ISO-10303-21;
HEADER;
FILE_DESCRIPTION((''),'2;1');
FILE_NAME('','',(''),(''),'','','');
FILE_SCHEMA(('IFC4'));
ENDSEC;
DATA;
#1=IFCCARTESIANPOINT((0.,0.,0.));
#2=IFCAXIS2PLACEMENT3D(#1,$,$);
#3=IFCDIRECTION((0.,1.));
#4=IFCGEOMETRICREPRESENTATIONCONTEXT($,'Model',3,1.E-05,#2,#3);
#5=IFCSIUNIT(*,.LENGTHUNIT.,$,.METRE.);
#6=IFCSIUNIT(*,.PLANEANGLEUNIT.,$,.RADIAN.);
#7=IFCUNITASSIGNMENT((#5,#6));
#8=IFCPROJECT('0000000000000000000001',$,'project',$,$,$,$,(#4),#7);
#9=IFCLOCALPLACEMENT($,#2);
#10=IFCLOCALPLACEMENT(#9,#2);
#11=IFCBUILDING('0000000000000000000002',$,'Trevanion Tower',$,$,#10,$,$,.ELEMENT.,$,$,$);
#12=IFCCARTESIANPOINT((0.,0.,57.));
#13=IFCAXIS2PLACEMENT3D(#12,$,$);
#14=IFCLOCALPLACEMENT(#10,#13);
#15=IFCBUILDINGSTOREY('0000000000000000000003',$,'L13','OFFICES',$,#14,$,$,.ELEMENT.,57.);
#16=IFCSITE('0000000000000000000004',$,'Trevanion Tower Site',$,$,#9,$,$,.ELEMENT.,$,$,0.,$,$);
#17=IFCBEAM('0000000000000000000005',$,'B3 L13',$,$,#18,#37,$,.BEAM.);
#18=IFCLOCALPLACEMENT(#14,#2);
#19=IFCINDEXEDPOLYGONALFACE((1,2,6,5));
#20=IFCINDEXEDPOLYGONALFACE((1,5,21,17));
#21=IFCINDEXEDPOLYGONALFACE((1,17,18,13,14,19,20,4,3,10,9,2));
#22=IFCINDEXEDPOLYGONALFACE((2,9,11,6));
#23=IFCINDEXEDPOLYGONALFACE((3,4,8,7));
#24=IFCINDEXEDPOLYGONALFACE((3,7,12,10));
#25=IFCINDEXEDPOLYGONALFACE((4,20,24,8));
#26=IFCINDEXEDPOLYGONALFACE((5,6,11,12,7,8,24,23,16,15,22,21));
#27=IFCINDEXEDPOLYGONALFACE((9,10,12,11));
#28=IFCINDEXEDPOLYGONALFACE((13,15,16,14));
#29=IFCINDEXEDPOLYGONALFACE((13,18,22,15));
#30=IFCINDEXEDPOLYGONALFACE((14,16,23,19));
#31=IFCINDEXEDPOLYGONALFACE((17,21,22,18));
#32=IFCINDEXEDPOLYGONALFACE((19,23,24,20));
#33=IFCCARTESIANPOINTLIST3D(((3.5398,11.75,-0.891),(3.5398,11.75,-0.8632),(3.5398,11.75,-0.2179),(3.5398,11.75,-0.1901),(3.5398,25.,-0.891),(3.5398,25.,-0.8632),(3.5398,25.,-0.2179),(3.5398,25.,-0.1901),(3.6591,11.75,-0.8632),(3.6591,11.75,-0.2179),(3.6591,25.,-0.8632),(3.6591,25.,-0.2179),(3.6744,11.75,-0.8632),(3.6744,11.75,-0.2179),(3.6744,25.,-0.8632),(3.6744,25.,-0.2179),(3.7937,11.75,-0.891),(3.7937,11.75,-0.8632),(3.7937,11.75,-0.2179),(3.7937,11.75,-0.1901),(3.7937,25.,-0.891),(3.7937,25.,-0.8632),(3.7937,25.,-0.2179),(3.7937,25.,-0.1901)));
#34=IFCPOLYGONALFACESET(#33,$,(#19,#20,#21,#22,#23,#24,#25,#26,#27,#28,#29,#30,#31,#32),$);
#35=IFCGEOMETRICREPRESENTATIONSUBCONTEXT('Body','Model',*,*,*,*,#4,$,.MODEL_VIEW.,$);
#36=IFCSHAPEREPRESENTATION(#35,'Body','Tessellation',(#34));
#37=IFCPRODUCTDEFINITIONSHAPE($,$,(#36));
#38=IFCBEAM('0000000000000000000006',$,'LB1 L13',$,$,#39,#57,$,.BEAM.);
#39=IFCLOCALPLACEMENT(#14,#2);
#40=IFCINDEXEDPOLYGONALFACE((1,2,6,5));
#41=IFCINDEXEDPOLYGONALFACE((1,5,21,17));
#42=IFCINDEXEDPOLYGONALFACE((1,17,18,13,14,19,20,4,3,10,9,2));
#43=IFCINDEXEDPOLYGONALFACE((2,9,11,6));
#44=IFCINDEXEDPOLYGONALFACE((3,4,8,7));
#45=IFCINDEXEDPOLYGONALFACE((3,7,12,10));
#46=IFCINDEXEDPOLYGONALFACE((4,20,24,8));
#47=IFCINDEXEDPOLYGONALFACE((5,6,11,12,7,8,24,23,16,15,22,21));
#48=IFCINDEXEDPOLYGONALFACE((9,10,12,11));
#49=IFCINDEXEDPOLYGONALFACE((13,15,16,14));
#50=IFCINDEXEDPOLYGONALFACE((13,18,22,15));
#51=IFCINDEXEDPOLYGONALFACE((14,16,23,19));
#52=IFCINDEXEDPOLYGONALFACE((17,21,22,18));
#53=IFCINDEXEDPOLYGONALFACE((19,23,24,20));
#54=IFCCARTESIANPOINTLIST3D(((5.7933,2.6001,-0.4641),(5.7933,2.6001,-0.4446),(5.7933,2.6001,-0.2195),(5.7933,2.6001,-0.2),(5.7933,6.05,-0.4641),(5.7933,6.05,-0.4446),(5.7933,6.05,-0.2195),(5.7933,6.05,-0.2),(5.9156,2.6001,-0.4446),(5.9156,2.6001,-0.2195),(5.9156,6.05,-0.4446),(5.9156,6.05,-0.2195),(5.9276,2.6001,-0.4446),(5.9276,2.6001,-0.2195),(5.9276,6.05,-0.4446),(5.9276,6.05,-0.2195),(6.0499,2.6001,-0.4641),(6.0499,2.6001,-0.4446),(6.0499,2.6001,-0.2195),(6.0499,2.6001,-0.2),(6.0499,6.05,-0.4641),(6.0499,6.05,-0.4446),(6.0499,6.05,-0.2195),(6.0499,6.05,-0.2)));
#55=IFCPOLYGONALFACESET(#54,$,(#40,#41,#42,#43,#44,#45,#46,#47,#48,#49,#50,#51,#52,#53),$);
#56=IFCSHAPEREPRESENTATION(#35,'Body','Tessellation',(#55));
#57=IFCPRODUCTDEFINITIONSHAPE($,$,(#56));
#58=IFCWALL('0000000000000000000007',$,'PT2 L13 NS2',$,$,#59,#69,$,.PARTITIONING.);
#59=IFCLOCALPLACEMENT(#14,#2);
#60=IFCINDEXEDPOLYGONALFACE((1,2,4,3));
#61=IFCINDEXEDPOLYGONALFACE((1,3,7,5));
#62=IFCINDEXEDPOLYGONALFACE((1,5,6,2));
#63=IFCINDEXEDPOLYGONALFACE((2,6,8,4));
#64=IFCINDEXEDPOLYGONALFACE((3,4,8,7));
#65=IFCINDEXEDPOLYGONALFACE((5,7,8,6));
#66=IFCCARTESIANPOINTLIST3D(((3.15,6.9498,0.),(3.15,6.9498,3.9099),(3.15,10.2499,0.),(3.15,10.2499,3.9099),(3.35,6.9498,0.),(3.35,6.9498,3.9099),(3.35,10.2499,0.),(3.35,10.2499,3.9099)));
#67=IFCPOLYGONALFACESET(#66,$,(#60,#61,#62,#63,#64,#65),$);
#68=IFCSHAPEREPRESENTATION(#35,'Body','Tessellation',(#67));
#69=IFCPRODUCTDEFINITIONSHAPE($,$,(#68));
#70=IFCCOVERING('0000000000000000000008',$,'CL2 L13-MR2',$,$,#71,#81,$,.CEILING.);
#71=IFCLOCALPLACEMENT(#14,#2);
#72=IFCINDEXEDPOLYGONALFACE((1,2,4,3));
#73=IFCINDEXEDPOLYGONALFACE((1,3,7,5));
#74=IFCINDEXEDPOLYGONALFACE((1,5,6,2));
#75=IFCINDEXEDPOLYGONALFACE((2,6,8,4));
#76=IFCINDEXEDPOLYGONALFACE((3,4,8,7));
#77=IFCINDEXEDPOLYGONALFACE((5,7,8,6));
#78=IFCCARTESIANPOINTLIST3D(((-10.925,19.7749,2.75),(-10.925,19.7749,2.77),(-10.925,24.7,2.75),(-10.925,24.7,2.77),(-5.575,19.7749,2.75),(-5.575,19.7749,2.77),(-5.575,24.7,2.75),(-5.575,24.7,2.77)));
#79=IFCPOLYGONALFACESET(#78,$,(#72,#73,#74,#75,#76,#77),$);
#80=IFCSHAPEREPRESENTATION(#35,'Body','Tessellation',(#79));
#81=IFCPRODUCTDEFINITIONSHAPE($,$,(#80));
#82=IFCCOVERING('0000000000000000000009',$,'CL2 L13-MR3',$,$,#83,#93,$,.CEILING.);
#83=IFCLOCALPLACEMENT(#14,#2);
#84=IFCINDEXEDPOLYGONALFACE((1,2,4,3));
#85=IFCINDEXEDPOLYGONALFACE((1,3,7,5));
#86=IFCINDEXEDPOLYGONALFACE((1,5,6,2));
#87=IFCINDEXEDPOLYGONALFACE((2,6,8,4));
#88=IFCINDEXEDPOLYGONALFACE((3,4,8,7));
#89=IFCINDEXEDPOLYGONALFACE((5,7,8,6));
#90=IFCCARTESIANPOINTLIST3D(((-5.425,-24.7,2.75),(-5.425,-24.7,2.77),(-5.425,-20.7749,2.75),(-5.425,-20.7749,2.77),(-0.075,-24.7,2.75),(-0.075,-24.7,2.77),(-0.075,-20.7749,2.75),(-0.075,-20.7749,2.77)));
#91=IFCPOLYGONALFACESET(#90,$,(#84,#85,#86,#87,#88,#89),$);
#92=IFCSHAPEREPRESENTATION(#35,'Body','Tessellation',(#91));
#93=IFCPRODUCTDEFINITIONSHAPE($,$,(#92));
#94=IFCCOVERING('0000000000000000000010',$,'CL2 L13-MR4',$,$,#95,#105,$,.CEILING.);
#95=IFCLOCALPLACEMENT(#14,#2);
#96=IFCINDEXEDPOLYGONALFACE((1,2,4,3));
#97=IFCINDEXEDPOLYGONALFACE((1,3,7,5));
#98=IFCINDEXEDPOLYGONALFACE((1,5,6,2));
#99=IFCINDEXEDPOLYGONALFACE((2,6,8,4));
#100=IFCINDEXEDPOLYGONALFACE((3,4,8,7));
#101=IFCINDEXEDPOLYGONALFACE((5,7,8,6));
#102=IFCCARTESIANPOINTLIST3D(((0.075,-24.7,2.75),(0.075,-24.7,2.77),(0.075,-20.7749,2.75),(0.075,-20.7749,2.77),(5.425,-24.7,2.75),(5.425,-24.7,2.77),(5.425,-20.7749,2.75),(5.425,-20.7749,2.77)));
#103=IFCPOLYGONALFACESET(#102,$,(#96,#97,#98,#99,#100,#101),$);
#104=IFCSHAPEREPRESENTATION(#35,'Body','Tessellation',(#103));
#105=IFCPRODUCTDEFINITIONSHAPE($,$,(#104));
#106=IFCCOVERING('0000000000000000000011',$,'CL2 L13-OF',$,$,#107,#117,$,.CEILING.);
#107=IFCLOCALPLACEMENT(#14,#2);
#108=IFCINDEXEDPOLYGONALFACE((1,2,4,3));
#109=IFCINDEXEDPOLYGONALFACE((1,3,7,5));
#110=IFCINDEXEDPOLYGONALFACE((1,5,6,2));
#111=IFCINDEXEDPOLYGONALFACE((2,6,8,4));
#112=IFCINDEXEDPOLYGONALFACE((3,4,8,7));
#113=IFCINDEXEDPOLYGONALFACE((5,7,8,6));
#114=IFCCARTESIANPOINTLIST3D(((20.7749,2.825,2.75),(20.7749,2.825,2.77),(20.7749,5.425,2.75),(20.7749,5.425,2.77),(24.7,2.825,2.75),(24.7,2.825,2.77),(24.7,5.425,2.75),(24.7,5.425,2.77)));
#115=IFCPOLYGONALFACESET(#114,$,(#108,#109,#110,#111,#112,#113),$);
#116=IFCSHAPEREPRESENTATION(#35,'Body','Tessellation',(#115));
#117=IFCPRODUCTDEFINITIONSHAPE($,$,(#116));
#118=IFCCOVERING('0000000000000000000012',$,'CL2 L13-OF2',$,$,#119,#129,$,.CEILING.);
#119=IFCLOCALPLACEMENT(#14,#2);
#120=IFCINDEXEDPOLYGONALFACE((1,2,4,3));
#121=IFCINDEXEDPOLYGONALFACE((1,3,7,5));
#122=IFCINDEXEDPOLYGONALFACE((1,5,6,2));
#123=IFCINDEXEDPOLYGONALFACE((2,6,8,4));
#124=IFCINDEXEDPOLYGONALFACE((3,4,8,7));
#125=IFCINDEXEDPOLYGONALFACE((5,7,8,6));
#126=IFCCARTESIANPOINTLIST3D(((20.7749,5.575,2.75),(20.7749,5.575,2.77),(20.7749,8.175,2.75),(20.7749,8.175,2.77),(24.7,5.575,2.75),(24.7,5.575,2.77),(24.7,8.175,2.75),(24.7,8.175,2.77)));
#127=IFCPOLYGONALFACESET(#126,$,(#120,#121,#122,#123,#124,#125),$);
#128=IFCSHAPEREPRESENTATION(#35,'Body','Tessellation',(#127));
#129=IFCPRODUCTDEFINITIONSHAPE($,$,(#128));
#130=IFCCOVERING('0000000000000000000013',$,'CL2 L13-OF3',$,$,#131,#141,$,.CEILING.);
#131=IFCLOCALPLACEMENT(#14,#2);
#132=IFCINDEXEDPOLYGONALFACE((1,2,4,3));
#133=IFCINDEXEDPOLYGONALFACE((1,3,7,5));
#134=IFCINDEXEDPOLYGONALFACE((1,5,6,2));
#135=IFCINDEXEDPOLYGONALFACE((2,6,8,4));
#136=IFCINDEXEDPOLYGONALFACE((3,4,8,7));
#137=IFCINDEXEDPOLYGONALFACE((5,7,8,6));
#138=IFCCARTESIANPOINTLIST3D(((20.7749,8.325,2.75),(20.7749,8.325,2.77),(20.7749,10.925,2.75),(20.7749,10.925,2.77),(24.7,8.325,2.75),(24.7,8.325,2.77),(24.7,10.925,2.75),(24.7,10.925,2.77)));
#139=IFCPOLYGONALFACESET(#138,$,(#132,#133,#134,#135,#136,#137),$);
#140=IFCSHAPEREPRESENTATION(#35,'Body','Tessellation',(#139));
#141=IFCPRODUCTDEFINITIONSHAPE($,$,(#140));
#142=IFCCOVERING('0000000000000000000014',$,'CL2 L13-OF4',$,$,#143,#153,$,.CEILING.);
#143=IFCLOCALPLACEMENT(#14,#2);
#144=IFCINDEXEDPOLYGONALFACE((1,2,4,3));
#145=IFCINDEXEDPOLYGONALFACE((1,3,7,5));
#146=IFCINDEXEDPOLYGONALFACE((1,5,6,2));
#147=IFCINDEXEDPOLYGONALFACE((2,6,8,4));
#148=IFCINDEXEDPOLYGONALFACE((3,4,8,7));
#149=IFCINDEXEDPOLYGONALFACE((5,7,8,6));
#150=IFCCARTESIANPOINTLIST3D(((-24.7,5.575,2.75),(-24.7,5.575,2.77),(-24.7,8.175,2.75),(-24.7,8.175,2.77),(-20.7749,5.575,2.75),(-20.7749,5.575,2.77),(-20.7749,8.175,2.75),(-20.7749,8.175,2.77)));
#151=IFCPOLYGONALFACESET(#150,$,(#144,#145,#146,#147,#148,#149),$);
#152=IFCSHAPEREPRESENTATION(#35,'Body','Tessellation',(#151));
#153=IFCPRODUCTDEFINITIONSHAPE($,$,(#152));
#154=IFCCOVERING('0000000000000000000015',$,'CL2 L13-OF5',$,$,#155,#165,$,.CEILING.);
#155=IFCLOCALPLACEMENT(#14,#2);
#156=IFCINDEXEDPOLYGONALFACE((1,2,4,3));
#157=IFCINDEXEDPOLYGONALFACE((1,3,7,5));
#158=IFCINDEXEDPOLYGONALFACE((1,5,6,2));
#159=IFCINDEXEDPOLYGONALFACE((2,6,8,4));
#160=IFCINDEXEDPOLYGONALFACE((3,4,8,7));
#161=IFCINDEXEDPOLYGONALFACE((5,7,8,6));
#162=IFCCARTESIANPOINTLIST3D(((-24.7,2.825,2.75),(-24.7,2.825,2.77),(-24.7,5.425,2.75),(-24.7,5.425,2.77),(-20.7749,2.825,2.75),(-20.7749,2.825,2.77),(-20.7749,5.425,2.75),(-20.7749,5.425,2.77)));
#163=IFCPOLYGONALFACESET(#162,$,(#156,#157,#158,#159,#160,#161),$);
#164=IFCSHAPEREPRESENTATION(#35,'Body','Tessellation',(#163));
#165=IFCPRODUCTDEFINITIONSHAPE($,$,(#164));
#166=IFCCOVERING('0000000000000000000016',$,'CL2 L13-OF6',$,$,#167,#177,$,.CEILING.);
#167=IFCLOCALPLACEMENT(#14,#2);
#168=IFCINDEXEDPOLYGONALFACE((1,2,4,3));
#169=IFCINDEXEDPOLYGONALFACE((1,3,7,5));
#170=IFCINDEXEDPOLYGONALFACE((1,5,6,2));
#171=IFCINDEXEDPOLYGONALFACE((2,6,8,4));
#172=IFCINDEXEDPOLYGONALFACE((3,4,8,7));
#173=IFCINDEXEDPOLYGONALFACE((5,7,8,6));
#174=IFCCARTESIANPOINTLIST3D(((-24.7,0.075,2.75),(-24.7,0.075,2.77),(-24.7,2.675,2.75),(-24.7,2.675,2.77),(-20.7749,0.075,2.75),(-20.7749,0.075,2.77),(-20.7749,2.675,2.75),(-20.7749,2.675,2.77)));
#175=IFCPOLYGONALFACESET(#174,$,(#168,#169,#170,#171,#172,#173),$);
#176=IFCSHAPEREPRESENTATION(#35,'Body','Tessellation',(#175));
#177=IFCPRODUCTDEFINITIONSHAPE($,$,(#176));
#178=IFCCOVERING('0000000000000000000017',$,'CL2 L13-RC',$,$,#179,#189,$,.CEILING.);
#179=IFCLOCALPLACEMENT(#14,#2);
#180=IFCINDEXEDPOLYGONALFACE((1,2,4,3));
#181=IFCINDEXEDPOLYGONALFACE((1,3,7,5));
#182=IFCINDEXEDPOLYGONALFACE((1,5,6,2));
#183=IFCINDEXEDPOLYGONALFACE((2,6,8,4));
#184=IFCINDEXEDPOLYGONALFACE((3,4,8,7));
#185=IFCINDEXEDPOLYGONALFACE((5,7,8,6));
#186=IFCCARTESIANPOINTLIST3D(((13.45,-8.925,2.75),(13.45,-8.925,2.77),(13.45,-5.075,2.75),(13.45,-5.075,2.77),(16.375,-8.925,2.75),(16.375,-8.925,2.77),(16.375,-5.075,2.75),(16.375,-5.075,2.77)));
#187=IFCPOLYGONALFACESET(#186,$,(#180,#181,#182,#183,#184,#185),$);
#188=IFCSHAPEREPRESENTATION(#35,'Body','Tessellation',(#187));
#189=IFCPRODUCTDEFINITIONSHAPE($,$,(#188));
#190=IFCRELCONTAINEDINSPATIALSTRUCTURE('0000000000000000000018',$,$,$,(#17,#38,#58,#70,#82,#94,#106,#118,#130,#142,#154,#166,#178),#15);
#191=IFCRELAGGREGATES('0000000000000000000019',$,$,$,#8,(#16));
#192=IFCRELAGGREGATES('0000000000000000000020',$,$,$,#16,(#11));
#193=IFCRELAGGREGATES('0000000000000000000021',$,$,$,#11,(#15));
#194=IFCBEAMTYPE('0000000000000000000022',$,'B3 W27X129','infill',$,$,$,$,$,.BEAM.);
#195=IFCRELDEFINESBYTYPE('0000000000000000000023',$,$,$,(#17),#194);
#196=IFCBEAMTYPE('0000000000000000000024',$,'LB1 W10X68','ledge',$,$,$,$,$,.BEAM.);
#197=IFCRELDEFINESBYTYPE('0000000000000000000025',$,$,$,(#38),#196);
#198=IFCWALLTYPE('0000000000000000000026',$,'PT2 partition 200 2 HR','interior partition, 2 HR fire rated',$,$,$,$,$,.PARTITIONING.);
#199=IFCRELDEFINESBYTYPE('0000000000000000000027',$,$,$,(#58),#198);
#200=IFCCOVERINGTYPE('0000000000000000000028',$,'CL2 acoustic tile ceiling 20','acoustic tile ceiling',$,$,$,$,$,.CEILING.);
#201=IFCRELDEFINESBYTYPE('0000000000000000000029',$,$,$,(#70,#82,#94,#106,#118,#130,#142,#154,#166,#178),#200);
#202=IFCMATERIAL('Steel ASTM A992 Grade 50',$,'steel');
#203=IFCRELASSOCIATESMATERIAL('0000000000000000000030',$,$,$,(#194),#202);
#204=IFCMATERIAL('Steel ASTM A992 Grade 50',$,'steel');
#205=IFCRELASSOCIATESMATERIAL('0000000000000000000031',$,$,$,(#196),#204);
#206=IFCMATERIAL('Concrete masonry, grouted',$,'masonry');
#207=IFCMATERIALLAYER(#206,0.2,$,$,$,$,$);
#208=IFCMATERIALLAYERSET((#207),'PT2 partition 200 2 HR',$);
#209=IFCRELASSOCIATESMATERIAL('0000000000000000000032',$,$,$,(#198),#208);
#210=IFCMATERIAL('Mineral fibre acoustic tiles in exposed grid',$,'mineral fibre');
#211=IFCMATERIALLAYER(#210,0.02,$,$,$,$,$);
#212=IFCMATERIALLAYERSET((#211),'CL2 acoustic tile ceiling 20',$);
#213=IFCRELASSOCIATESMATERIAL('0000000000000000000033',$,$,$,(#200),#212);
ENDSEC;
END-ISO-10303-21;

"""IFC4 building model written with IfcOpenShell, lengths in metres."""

from ifc_helpers import new_model, si_unit, direction, frame, frame_2d, origin, origin_2d, place, context, subcontext, project, spatial, polyline, rectangle, i_section, outline, extrude, material, layer, layer_set, material_profile, profile_set, type_object, element, save


model = new_model("IFC4")

# Units and contexts
model_context = context("Model", 3, precision=1e-05, world=origin(), true_north=direction((0.0, 1.0)))
body_context = subcontext(model_context, "Body", "Model", "MODEL_VIEW")
ifc_project = project(units=[si_unit("LENGTHUNIT", "METRE"), si_unit("PLANEANGLEUNIT", "RADIAN")], contexts=[model_context])

# Site, building, storey
site_placement = place(None, origin())
site = spatial("IfcSite", under=ifc_project, at=site_placement, Name="Trevanion Tower Site", CompositionType="ELEMENT", RefElevation=0.0)
building_placement = place(site_placement, origin())
building = spatial("IfcBuilding", under=site, at=building_placement, Name="Trevanion Tower", CompositionType="ELEMENT")
storey_placement = place(building_placement, frame((0.0, 0.0, 57.0)))
storey = spatial("IfcBuildingStorey", under=building, at=storey_placement, Name="L13", Description="OFFICES", CompositionType="ELEMENT", Elevation=57.0)

# Beams
ifc_material_1 = material(Name="Steel ASTM A992 Grade 50", Category="steel")
ifc_material_profile_1 = material_profile(ifc_material_1, i_section(OverallWidth=0.2539, OverallDepth=0.7009, WebThickness=0.0154, FlangeThickness=0.0278, at=origin_2d()), Name="W27X129")
ifc_profile_set_1 = profile_set([ifc_material_profile_1], Name="Steel ASTM A992 Grade 50")
beam_type_1 = type_object("IfcBeamType", Name="B3 W27X129", Description="infill", PredefinedType="BEAM", material=ifc_profile_set_1)
beam_1_placement = place(storey_placement, frame((3.6667, 11.75, -0.5405), z_axis=(0.0, 1.0, 0.0), x_axis=(-1.0, 0.0, 0.0)))
element("IfcBeam", 1, at=beam_1_placement, inside=storey, type_object=beam_type_1, Name="B3 L13", PredefinedType="BEAM", context=body_context, shape_type="SweptSolid", body=[
    extrude(i_section(OverallWidth=0.2539, OverallDepth=0.7009, WebThickness=0.0154, FlangeThickness=0.0278, at=origin_2d()), origin(), (0.0, 0.0, 1.0), 13.25),
])
ifc_material_2 = material(Name="Steel ASTM A992 Grade 50", Category="steel")
ifc_material_profile_2 = material_profile(ifc_material_2, i_section(OverallWidth=0.2566, OverallDepth=0.2642, WebThickness=0.012, FlangeThickness=0.0195, at=origin_2d()), Name="W10X68")
ifc_profile_set_2 = profile_set([ifc_material_profile_2], Name="Steel ASTM A992 Grade 50")
beam_type_2 = type_object("IfcBeamType", Name="LB1 W10X68", Description="ledge", PredefinedType="BEAM", material=ifc_profile_set_2)
beam_2_placement = place(storey_placement, frame((5.9216, 2.6001, -0.332), z_axis=(0.0, 1.0, 0.0), x_axis=(-1.0, 0.0, 0.0)))
element("IfcBeam", 2, at=beam_2_placement, inside=storey, type_object=beam_type_2, Name="LB1 L13", PredefinedType="BEAM", context=body_context, shape_type="SweptSolid", body=[
    extrude(i_section(OverallWidth=0.2566, OverallDepth=0.2642, WebThickness=0.012, FlangeThickness=0.0195, at=origin_2d()), origin(), (0.0, 0.0, 1.0), 3.45),
])

# Wall
ifc_material_3 = material(Name="Concrete masonry, grouted", Category="masonry")
ifc_layer_1 = layer(ifc_material_3, 0.2)
ifc_layer_set_1 = layer_set([ifc_layer_1], Name="PT2 partition 200 2 HR")
wall_type = type_object("IfcWallType", Name="PT2 partition 200 2 HR", Description="interior partition, 2 HR fire rated", PredefinedType="PARTITIONING", material=ifc_layer_set_1)
wall_placement = place(storey_placement, frame((3.25, 6.95, 0.0), z_axis=(0.0, 0.0, 1.0), x_axis=(0.0, 1.0, 0.0)))
element("IfcWall", 3, at=wall_placement, inside=storey, type_object=wall_type, Name="PT2 L13 NS2", PredefinedType="PARTITIONING", context=body_context, shape_type="SweptSolid", body=[
    extrude(rectangle(XDim=3.3, YDim=0.2, at=frame_2d((1.6499, 0.0))), origin(), (0.0, 0.0, 1.0), 3.9099),
])

# Coverings
ifc_material_4 = material(Name="Mineral fibre acoustic tiles in exposed grid", Category="mineral fibre")
ifc_layer_2 = layer(ifc_material_4, 0.02)
ifc_layer_set_2 = layer_set([ifc_layer_2], Name="CL2 acoustic tile ceiling 20")
covering_type_1 = type_object("IfcCoveringType", Name="CL2 acoustic tile ceiling 20", Description="acoustic tile ceiling", PredefinedType="CEILING", material=ifc_layer_set_2)
covering_1_placement = place(storey_placement, frame((0.0, 0.0, 2.75)))
element("IfcCovering", 4, at=covering_1_placement, inside=storey, type_object=covering_type_1, Name="CL2 L13-MR2", PredefinedType="CEILING", context=body_context, shape_type="SweptSolid", body=[
    extrude(outline(polyline([(-5.575, 19.7749), (-10.925, 19.7749), (-10.925, 24.7), (-5.575, 24.7), (-5.575, 19.7749)])), origin(), (0.0, 0.0, 1.0), 0.02),
])
covering_2_placement = place(storey_placement, frame((0.0, 0.0, 2.75)))
element("IfcCovering", 5, at=covering_2_placement, inside=storey, type_object=covering_type_1, Name="CL2 L13-MR3", PredefinedType="CEILING", context=body_context, shape_type="SweptSolid", body=[
    extrude(outline(polyline([(-5.425, -20.7749), (-0.075, -20.7749), (-0.075, -24.7), (-5.425, -24.7), (-5.425, -20.7749)])), origin(), (0.0, 0.0, 1.0), 0.02),
])
covering_3_placement = place(storey_placement, frame((0.0, 0.0, 2.75)))
element("IfcCovering", 6, at=covering_3_placement, inside=storey, type_object=covering_type_1, Name="CL2 L13-MR4", PredefinedType="CEILING", context=body_context, shape_type="SweptSolid", body=[
    extrude(outline(polyline([(0.075, -20.7749), (5.425, -20.7749), (5.425, -24.7), (0.075, -24.7), (0.075, -20.7749)])), origin(), (0.0, 0.0, 1.0), 0.02),
])
covering_4_placement = place(storey_placement, frame((0.0, 0.0, 2.75)))
element("IfcCovering", 7, at=covering_4_placement, inside=storey, type_object=covering_type_1, Name="CL2 L13-OF", PredefinedType="CEILING", context=body_context, shape_type="SweptSolid", body=[
    extrude(outline(polyline([(20.7749, 2.825), (20.7749, 5.425), (24.7, 5.425), (24.7, 2.825), (20.7749, 2.825)])), origin(), (0.0, 0.0, 1.0), 0.02),
])
covering_5_placement = place(storey_placement, frame((0.0, 0.0, 2.75)))
element("IfcCovering", 8, at=covering_5_placement, inside=storey, type_object=covering_type_1, Name="CL2 L13-OF2", PredefinedType="CEILING", context=body_context, shape_type="SweptSolid", body=[
    extrude(outline(polyline([(20.7749, 5.575), (20.7749, 8.175), (24.7, 8.175), (24.7, 5.575), (20.7749, 5.575)])), origin(), (0.0, 0.0, 1.0), 0.02),
])
covering_6_placement = place(storey_placement, frame((0.0, 0.0, 2.75)))
element("IfcCovering", 9, at=covering_6_placement, inside=storey, type_object=covering_type_1, Name="CL2 L13-OF3", PredefinedType="CEILING", context=body_context, shape_type="SweptSolid", body=[
    extrude(outline(polyline([(20.7749, 8.325), (20.7749, 10.925), (24.7, 10.925), (24.7, 8.325), (20.7749, 8.325)])), origin(), (0.0, 0.0, 1.0), 0.02),
])
covering_7_placement = place(storey_placement, frame((0.0, 0.0, 2.75)))
element("IfcCovering", 10, at=covering_7_placement, inside=storey, type_object=covering_type_1, Name="CL2 L13-OF4", PredefinedType="CEILING", context=body_context, shape_type="SweptSolid", body=[
    extrude(outline(polyline([(-20.7749, 8.175), (-20.7749, 5.575), (-24.7, 5.575), (-24.7, 8.175), (-20.7749, 8.175)])), origin(), (0.0, 0.0, 1.0), 0.02),
])
covering_8_placement = place(storey_placement, frame((0.0, 0.0, 2.75)))
element("IfcCovering", 11, at=covering_8_placement, inside=storey, type_object=covering_type_1, Name="CL2 L13-OF5", PredefinedType="CEILING", context=body_context, shape_type="SweptSolid", body=[
    extrude(outline(polyline([(-20.7749, 5.425), (-20.7749, 2.825), (-24.7, 2.825), (-24.7, 5.425), (-20.7749, 5.425)])), origin(), (0.0, 0.0, 1.0), 0.02),
])
covering_9_placement = place(storey_placement, frame((0.0, 0.0, 2.75)))
element("IfcCovering", 12, at=covering_9_placement, inside=storey, type_object=covering_type_1, Name="CL2 L13-OF6", PredefinedType="CEILING", context=body_context, shape_type="SweptSolid", body=[
    extrude(outline(polyline([(-20.7749, 2.675), (-20.7749, 0.075), (-24.7, 0.075), (-24.7, 2.675), (-20.7749, 2.675)])), origin(), (0.0, 0.0, 1.0), 0.02),
])
covering_10_placement = place(storey_placement, frame((0.0, 0.0, 2.75)))
element("IfcCovering", 13, at=covering_10_placement, inside=storey, type_object=covering_type_1, Name="CL2 L13-RC", PredefinedType="CEILING", context=body_context, shape_type="SweptSolid", body=[
    extrude(outline(polyline([(13.45, -8.925), (13.45, -5.075), (16.375, -5.075), (16.375, -8.925), (13.45, -8.925)])), origin(), (0.0, 0.0, 1.0), 0.02),
])

save(model, "model.ifc")
